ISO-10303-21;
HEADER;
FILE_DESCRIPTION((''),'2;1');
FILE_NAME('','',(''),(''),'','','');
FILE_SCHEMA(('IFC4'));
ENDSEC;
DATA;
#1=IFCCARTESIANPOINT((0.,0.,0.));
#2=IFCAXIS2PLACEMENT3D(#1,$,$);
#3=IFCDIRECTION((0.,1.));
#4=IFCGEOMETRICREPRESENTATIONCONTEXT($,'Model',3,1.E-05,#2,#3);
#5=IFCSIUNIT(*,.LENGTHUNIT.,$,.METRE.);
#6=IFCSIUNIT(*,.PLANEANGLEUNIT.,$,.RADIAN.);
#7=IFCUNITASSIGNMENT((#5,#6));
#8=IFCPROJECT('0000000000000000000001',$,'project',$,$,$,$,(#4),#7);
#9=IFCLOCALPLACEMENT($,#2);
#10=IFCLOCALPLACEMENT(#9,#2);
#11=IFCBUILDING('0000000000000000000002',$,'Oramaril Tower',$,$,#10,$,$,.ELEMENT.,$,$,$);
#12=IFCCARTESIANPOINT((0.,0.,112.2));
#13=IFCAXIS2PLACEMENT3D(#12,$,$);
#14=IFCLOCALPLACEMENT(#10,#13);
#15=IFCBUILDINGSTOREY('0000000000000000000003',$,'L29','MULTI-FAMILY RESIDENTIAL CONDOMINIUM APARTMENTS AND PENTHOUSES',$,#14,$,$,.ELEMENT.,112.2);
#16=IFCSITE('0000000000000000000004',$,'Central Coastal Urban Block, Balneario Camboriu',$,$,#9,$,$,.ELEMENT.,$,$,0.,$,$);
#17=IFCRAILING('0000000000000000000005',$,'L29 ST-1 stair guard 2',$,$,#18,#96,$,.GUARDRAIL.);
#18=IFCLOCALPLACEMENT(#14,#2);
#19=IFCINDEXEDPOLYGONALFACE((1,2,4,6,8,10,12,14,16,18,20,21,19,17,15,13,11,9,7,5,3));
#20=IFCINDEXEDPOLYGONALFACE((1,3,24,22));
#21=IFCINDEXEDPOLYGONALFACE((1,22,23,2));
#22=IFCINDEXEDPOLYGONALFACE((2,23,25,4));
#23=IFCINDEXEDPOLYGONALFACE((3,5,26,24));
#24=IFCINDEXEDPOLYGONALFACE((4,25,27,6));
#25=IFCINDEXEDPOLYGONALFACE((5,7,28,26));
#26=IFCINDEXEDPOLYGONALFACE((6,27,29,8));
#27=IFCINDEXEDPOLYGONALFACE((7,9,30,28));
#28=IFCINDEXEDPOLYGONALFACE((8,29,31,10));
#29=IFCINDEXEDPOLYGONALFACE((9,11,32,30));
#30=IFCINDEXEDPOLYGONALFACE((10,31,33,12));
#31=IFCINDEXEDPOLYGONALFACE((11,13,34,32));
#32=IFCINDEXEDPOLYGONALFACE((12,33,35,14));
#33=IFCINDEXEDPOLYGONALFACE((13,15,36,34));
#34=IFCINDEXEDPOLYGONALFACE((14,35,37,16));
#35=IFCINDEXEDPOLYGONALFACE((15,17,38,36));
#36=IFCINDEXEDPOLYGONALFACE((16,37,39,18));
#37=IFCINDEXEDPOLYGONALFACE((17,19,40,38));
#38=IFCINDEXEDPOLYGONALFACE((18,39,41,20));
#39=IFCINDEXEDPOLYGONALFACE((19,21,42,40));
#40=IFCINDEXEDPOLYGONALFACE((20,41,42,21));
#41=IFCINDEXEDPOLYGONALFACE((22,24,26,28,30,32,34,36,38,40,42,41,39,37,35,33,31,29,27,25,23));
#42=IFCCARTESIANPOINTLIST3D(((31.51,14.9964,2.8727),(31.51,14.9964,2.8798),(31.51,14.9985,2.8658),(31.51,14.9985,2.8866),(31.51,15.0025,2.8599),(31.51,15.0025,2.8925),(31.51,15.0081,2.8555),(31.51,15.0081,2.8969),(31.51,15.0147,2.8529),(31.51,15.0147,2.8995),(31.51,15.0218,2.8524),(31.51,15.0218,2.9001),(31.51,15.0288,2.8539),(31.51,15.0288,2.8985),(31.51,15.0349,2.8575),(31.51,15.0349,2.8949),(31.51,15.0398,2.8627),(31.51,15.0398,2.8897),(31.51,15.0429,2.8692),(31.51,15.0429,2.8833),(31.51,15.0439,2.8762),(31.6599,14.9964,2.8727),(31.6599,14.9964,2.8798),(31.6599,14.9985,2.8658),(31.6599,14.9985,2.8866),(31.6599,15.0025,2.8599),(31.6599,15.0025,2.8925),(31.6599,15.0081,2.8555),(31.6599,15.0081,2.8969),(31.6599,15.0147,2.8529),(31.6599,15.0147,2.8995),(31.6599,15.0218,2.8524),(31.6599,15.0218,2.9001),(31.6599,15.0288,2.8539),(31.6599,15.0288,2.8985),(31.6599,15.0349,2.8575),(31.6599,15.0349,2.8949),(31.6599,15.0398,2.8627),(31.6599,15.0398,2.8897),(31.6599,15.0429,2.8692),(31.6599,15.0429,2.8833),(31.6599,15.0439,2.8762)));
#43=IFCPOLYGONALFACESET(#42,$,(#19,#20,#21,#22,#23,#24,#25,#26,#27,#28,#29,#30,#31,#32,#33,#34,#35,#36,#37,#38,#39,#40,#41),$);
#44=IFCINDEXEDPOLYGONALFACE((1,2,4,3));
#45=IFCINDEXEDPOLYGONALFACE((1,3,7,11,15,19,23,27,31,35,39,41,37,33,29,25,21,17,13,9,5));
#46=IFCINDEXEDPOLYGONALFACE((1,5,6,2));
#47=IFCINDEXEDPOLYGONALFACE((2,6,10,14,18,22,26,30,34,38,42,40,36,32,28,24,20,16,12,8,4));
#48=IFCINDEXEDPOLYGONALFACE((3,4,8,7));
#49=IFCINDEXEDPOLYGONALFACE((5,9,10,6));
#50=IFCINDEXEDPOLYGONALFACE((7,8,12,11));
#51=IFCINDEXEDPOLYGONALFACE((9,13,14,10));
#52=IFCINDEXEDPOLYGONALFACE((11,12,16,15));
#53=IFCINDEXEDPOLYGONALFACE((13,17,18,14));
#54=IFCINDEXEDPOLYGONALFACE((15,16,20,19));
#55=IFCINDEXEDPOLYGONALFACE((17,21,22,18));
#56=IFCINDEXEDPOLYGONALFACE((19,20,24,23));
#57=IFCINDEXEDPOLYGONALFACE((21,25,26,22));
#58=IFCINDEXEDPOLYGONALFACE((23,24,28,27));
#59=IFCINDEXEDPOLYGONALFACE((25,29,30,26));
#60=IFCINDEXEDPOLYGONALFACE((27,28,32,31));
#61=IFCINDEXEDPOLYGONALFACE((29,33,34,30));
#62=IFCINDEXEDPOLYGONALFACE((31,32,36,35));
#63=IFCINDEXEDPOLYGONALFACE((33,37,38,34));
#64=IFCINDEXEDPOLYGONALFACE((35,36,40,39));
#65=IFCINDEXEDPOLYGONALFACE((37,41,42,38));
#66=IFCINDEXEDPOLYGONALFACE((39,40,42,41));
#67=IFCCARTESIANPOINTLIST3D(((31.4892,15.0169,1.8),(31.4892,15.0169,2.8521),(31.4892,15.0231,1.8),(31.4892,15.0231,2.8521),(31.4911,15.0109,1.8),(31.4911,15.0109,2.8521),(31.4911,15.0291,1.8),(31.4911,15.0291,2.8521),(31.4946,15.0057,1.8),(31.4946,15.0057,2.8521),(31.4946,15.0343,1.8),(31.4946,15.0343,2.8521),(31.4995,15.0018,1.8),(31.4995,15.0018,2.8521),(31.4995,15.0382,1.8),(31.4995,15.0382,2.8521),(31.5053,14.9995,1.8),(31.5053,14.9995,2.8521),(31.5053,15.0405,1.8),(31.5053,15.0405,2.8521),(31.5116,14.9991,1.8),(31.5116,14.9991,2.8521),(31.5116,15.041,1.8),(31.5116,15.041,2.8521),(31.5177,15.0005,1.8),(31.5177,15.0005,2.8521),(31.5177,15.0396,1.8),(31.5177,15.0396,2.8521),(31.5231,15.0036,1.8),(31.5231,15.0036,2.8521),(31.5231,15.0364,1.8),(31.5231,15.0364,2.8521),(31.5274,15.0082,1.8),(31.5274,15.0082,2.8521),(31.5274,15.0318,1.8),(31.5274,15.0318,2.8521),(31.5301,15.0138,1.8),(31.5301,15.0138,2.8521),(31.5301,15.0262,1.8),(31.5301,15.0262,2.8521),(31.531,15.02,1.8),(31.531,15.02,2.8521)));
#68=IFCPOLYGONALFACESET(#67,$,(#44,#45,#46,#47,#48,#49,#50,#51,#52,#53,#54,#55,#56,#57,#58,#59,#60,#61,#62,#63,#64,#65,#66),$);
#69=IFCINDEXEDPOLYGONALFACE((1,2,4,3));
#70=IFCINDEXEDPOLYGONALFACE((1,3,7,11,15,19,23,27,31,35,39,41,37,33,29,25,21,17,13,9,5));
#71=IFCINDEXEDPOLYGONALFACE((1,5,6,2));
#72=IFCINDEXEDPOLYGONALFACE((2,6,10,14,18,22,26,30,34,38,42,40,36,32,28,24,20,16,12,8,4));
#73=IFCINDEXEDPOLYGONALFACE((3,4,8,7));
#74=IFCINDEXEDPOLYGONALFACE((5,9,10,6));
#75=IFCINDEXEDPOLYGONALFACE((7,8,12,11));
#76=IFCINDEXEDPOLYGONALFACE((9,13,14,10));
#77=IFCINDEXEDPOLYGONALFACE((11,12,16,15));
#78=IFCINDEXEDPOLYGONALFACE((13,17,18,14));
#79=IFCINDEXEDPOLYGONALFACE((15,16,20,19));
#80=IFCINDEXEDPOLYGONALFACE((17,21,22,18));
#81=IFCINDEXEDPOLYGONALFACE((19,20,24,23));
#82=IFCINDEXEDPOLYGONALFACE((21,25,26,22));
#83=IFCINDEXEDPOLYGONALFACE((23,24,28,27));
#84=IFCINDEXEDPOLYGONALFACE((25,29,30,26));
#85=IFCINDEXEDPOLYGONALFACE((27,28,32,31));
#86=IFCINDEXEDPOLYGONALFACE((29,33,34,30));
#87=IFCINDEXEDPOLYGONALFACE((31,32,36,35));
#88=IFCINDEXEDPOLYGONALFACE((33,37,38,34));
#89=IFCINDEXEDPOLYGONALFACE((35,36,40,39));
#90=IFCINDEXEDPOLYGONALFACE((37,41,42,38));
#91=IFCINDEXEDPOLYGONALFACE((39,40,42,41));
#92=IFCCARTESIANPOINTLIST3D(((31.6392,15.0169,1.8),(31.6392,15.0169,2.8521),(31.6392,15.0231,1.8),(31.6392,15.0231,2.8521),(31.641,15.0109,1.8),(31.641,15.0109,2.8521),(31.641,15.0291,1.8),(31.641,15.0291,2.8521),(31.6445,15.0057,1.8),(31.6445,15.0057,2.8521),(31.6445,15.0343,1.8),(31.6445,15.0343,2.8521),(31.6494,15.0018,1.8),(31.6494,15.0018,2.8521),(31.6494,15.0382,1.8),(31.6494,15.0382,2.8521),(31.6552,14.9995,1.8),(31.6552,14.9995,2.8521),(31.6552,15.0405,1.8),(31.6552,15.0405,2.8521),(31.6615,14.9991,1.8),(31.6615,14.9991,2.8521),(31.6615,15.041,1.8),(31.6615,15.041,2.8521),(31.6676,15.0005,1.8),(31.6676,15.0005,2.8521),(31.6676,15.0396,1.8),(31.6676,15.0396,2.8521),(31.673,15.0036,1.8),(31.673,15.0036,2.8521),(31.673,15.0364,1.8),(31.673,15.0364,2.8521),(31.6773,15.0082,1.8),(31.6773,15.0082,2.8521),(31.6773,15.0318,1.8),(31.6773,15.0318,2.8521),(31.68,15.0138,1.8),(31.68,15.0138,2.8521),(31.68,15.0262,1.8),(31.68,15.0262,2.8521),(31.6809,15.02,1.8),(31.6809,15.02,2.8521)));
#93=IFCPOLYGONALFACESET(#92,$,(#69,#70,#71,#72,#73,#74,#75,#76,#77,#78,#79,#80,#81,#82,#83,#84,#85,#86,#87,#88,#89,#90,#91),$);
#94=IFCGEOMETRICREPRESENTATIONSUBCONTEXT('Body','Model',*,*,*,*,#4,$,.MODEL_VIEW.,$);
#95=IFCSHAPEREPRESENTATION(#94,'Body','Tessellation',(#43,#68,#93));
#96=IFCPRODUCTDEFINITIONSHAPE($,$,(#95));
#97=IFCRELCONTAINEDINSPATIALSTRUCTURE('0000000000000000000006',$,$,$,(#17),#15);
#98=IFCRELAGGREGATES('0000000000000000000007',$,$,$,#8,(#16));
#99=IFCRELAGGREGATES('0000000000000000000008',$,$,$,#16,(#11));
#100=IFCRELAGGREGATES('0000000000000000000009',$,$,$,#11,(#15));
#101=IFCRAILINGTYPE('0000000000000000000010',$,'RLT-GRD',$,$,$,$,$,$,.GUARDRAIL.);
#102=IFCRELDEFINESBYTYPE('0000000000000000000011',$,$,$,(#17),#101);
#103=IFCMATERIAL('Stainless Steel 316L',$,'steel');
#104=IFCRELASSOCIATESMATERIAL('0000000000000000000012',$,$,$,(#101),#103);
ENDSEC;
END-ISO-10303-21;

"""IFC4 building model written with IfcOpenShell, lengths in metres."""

from ifc_helpers import new_model, si_unit, direction, frame, origin, origin_2d, place, context, subcontext, project, spatial, circle, extrude, material, type_object, element, save


model = new_model("IFC4")

# Units and contexts
model_context = context("Model", 3, precision=1e-05, world=origin(), true_north=direction((0.0, 1.0)))
body_context = subcontext(model_context, "Body", "Model", "MODEL_VIEW")
ifc_project = project(units=[si_unit("LENGTHUNIT", "METRE"), si_unit("PLANEANGLEUNIT", "RADIAN")], contexts=[model_context])

# Site, building, storey
site_placement = place(None, origin())
site = spatial("IfcSite", under=ifc_project, at=site_placement, Name="Central Coastal Urban Block, Balneario Camboriu", CompositionType="ELEMENT", RefElevation=0.0)
building_placement = place(site_placement, origin())
building = spatial("IfcBuilding", under=site, at=building_placement, Name="Oramaril Tower", CompositionType="ELEMENT")
storey_placement = place(building_placement, frame((0.0, 0.0, 112.2)))
storey = spatial("IfcBuildingStorey", under=building, at=storey_placement, Name="L29", Description="MULTI-FAMILY RESIDENTIAL CONDOMINIUM APARTMENTS AND PENTHOUSES", CompositionType="ELEMENT", Elevation=112.2)

# Railing
ifc_material_1 = material(Name="Stainless Steel 316L", Category="steel")
railing_type_1 = type_object("IfcRailingType", Name="RLT-GRD", PredefinedType="GUARDRAIL", material=ifc_material_1)
railing_1_placement = place(storey_placement, frame((31.51, 15.02, 1.8)))
element("IfcRailing", 1, at=railing_1_placement, inside=storey, type_object=railing_type_1, Name="L29 ST-1 stair guard 2", PredefinedType="GUARDRAIL", context=body_context, shape_type="SweptSolid", body=[
    extrude(circle(Radius=0.0239, at=origin_2d()), frame((0.0, 0.0, 1.0762), z_axis=(1.0, 0.0, 0.0), x_axis=(0.0, 1.0, 0.0)), (0.0, 0.0, 1.0), 0.1499),
    extrude(circle(Radius=0.021, at=origin_2d()), origin(), (0.0, 0.0, 1.0), 1.052),
    extrude(circle(Radius=0.021, at=origin_2d()), frame((0.1499, 0.0, 0.0)), (0.0, 0.0, 1.0), 1.052),
])

save(model, "model.ifc")
